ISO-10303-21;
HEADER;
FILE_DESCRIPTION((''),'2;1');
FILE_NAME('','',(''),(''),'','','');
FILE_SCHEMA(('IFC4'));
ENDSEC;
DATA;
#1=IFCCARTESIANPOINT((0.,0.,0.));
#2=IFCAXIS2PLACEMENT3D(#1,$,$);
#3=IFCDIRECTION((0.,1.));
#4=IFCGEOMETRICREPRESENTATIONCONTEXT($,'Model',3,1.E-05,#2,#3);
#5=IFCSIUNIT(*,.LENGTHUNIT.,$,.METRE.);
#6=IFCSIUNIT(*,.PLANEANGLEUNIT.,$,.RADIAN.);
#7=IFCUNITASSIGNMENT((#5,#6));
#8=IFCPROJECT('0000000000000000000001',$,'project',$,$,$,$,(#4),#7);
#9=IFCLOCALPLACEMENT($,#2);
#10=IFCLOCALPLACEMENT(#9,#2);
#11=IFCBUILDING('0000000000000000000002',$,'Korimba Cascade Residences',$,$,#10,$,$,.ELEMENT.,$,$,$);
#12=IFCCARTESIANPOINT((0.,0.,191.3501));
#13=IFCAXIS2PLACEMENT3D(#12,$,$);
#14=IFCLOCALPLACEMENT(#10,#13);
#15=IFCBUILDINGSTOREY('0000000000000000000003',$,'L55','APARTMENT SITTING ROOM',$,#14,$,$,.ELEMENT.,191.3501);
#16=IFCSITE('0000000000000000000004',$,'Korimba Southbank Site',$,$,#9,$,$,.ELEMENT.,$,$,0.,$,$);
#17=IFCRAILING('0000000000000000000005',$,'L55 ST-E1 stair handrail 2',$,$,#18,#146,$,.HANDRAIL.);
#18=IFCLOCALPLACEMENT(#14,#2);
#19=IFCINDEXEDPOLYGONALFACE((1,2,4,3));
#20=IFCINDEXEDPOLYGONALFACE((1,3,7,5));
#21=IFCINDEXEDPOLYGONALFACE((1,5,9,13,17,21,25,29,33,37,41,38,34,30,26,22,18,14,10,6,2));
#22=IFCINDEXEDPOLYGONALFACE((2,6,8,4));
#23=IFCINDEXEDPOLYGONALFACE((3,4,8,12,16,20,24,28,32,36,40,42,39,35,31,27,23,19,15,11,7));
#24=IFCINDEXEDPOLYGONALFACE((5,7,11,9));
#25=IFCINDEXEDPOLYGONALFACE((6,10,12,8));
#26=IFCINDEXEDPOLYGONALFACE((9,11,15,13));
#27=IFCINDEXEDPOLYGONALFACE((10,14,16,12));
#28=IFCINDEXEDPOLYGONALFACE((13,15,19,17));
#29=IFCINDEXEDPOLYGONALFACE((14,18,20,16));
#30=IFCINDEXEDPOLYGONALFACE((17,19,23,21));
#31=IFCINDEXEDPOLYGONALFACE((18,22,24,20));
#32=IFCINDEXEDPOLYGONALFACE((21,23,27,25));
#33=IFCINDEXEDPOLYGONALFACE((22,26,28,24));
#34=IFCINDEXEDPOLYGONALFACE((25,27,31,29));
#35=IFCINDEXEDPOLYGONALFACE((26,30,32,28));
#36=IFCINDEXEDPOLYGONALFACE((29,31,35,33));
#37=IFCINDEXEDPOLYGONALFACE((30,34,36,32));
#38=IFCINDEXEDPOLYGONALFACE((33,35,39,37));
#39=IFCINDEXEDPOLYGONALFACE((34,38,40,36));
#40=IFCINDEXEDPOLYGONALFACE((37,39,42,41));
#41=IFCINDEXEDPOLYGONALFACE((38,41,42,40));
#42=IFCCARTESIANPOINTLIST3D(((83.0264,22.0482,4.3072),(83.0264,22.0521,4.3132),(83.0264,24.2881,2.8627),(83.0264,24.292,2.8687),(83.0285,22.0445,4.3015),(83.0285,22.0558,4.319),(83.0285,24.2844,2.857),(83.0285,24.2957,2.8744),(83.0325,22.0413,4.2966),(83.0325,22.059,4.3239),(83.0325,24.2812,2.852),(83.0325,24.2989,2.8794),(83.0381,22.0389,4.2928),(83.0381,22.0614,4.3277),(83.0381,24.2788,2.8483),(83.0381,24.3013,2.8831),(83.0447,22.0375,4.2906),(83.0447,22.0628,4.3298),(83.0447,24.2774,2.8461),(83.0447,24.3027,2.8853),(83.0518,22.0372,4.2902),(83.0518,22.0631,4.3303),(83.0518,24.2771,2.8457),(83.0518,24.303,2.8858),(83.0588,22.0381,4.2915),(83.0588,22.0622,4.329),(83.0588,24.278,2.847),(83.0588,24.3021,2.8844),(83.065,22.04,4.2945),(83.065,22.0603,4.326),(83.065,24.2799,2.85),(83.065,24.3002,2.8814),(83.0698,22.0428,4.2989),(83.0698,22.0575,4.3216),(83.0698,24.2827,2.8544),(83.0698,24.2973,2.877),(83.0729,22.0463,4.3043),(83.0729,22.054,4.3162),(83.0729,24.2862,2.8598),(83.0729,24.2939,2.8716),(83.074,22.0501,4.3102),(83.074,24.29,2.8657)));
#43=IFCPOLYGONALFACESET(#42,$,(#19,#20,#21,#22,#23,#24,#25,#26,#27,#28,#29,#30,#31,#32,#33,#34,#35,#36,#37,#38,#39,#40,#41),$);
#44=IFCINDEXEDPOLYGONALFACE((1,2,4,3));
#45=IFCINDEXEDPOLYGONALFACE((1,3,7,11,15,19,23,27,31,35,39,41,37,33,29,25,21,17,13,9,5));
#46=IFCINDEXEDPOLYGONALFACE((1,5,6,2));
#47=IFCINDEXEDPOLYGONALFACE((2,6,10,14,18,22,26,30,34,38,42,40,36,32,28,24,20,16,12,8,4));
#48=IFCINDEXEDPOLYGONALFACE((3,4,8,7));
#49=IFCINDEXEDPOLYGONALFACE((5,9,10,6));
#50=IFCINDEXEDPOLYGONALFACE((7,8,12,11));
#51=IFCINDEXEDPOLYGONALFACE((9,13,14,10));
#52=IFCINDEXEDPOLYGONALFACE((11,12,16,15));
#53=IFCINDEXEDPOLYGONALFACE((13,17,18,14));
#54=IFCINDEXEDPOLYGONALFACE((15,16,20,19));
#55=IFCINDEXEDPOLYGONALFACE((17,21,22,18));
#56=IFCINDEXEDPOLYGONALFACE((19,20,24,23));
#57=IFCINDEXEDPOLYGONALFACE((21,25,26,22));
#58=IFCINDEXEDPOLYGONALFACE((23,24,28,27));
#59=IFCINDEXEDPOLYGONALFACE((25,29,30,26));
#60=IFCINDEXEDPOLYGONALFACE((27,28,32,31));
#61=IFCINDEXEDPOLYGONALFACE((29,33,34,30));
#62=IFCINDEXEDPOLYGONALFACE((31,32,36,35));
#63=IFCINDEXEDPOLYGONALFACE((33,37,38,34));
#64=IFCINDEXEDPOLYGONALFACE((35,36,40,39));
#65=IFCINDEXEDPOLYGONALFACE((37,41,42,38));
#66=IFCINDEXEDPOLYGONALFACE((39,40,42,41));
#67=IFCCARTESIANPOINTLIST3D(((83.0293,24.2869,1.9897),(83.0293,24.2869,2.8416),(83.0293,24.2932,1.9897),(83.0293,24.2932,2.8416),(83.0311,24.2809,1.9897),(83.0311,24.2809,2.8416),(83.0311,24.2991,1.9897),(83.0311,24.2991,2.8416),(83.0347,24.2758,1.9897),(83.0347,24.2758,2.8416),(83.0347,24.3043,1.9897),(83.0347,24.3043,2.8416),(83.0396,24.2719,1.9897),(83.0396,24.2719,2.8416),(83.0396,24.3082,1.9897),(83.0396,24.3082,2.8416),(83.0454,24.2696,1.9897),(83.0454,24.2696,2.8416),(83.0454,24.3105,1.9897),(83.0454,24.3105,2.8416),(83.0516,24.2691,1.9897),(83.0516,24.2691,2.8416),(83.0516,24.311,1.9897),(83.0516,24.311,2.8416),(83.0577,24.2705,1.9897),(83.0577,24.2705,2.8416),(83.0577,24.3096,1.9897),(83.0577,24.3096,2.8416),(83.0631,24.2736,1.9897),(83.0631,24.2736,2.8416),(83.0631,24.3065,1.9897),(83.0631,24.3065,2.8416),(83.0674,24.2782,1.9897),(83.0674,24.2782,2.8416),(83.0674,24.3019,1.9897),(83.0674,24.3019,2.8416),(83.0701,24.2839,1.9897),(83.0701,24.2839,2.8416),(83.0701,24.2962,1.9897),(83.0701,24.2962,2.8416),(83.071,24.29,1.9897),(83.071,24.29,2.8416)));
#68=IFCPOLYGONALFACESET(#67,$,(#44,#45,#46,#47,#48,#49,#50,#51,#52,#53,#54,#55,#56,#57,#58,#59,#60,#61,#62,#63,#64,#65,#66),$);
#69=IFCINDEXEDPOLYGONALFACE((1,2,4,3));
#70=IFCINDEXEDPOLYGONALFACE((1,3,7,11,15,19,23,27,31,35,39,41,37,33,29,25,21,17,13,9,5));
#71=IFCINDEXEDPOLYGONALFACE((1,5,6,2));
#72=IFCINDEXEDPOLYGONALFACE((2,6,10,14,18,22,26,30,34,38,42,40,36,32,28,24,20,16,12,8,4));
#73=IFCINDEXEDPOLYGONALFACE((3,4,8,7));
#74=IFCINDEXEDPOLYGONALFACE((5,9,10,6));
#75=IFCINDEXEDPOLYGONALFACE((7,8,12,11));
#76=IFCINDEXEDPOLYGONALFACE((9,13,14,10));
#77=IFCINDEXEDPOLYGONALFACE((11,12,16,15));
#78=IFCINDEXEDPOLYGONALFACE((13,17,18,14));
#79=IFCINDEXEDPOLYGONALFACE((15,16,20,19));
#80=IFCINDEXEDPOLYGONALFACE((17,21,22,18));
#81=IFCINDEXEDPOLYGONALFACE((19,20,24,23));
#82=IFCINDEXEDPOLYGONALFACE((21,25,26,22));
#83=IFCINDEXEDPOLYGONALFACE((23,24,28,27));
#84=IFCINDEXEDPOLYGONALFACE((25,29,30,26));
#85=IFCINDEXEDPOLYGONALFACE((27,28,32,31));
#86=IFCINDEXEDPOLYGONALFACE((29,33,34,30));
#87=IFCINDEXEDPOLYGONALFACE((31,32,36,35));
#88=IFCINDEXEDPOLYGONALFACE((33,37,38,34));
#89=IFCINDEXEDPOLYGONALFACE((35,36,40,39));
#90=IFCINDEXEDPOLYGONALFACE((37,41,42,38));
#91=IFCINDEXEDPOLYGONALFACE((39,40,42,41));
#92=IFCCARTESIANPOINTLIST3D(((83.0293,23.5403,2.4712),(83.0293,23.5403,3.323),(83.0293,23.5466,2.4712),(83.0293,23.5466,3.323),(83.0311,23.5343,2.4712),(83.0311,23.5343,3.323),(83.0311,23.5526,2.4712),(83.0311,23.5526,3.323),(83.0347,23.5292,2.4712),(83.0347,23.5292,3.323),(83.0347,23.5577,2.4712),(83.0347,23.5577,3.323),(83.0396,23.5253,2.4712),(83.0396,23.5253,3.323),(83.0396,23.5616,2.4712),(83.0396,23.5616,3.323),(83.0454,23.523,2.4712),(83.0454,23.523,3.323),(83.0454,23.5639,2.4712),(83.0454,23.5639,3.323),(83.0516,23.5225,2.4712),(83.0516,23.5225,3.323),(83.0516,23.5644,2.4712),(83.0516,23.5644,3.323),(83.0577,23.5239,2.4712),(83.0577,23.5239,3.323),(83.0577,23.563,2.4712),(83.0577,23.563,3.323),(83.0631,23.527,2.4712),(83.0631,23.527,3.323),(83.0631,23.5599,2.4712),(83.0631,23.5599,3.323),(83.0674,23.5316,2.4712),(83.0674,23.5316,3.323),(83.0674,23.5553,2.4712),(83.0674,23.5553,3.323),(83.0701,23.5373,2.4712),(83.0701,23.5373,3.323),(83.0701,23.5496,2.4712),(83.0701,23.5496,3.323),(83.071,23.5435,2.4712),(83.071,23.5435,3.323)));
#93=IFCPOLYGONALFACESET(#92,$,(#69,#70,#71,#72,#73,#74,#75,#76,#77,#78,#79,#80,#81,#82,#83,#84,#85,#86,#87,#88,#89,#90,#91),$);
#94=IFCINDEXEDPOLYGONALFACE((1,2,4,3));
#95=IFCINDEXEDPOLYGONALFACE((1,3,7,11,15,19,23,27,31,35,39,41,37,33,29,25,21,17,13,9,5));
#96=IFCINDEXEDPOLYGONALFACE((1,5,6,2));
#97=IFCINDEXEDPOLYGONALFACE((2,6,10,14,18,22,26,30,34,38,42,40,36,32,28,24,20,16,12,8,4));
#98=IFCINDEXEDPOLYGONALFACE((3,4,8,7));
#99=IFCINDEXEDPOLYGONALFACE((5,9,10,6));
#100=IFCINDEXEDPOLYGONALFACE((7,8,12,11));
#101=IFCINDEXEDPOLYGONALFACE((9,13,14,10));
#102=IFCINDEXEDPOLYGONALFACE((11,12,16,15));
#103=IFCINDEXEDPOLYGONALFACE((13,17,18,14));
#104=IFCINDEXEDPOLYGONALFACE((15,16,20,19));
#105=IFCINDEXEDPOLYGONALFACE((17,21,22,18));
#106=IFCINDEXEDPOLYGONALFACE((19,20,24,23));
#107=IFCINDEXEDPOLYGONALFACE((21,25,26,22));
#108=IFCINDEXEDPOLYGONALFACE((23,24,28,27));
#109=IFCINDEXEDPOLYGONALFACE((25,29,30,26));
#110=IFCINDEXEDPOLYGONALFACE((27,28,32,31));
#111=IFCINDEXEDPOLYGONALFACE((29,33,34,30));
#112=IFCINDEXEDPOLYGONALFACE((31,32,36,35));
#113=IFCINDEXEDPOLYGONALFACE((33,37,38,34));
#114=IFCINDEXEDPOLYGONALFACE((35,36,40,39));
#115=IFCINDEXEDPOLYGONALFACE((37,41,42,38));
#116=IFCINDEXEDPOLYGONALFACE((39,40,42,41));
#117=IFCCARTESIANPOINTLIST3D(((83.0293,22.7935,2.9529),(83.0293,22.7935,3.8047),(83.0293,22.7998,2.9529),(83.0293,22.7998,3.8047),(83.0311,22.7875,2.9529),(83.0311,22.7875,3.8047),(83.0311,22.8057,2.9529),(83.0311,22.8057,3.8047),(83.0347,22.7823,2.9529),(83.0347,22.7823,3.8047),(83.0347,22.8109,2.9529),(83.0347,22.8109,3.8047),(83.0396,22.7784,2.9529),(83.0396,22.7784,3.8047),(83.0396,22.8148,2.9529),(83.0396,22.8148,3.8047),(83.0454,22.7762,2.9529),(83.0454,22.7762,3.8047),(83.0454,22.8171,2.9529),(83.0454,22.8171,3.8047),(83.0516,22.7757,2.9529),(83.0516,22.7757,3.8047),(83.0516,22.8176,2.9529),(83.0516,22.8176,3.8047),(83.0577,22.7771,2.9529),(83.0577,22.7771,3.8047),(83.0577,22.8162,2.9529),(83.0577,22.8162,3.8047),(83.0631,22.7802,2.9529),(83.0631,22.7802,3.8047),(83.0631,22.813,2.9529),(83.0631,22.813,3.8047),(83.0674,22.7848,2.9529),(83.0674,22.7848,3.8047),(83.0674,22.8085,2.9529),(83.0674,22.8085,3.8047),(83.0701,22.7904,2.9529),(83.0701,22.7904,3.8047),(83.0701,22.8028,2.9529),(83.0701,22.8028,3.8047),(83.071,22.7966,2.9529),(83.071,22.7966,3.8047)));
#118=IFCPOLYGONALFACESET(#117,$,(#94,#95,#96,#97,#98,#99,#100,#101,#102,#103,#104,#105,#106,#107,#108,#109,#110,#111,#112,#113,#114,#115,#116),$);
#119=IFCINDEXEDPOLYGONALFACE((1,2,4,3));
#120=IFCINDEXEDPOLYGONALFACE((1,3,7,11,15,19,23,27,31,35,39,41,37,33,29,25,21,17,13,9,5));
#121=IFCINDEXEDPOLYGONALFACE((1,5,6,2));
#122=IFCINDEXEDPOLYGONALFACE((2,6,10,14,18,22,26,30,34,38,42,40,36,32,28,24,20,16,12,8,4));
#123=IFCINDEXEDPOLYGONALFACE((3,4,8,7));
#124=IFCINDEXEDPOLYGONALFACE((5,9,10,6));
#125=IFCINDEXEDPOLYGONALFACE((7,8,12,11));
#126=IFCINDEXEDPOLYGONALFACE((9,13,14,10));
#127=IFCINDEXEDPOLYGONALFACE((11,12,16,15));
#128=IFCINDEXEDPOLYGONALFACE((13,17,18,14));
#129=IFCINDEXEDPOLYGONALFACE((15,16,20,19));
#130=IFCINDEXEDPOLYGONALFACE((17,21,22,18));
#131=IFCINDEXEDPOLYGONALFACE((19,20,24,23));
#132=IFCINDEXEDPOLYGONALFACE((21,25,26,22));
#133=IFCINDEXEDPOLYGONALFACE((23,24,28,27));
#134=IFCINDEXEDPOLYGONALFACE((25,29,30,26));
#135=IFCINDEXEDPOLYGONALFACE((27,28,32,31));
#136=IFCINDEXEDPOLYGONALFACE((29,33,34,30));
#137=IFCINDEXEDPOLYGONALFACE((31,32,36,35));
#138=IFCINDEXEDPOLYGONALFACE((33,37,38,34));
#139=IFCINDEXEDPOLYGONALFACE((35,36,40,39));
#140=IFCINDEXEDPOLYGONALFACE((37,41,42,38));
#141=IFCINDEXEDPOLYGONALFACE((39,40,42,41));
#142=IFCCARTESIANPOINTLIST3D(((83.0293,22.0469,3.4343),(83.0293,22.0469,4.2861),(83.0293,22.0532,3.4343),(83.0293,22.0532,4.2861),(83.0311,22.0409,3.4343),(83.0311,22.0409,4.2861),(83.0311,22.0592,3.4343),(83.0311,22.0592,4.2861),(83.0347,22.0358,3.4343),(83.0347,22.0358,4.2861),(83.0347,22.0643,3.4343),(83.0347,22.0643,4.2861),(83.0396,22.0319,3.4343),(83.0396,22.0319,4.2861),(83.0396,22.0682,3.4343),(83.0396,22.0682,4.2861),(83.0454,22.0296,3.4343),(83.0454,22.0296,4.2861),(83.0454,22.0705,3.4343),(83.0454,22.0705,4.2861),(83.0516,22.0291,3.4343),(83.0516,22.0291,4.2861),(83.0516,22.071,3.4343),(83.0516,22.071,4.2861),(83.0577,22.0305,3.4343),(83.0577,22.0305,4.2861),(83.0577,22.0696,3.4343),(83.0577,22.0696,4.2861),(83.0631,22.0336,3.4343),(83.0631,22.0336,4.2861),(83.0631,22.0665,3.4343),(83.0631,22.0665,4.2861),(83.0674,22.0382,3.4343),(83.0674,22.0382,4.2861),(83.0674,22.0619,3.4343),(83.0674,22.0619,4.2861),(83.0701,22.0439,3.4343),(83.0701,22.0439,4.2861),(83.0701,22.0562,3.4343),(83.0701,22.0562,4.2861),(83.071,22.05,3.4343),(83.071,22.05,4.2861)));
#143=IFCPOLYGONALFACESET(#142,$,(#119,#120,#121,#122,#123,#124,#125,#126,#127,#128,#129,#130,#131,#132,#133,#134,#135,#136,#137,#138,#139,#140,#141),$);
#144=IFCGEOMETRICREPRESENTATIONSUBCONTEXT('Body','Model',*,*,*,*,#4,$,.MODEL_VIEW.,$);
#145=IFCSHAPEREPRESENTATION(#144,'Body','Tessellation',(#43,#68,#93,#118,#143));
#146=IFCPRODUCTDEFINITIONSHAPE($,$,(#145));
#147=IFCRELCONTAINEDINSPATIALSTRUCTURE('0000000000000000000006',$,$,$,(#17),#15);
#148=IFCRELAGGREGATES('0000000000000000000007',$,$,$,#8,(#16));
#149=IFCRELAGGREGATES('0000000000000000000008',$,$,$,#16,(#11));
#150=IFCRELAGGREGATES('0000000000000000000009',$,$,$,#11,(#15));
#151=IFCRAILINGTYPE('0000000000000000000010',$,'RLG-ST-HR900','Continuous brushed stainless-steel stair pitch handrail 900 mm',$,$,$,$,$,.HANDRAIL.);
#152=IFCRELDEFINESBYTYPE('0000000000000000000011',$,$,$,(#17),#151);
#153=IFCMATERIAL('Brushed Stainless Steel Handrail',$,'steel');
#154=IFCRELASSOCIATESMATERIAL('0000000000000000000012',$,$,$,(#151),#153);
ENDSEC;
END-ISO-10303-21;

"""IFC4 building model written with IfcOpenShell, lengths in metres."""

from ifc_helpers import new_model, si_unit, direction, frame, origin, origin_2d, place, context, subcontext, project, spatial, circle, extrude, material, type_object, element, save


model = new_model("IFC4")

# Units and contexts
model_context = context("Model", 3, precision=1e-05, world=origin(), true_north=direction((0.0, 1.0)))
body_context = subcontext(model_context, "Body", "Model", "MODEL_VIEW")
ifc_project = project(units=[si_unit("LENGTHUNIT", "METRE"), si_unit("PLANEANGLEUNIT", "RADIAN")], contexts=[model_context])

# Site, building, storey
site_placement = place(None, origin())
site = spatial("IfcSite", under=ifc_project, at=site_placement, Name="Korimba Southbank Site", CompositionType="ELEMENT", RefElevation=0.0)
building_placement = place(site_placement, origin())
building = spatial("IfcBuilding", under=site, at=building_placement, Name="Korimba Cascade Residences", CompositionType="ELEMENT")
storey_placement = place(building_placement, frame((0.0, 0.0, 191.3501)))
storey = spatial("IfcBuildingStorey", under=building, at=storey_placement, Name="L55", Description="APARTMENT SITTING ROOM", CompositionType="ELEMENT", Elevation=191.3501)

# Railing
ifc_material_1 = material(Name="Brushed Stainless Steel Handrail", Category="steel")
railing_type_1 = type_object("IfcRailingType", Name="RLG-ST-HR900", Description="Continuous brushed stainless-steel stair pitch handrail 900 mm", PredefinedType="HANDRAIL", material=ifc_material_1)
railing_1_placement = place(storey_placement, frame((83.05, 24.29, 1.9897)))
element("IfcRailing", 1, at=railing_1_placement, inside=storey, type_object=railing_type_1, Name="L55 ST-E1 stair handrail 2", PredefinedType="HANDRAIL", context=body_context, shape_type="SweptSolid", body=[
    extrude(circle(Radius=0.0239, at=origin_2d()), frame((0.0, 0.0, 0.876), z_axis=(0.0, -0.840395, 0.541975), x_axis=(1.0, 0.0, 0.0)), (0.0, 0.0, 1.0), 2.6653),
    extrude(circle(Radius=0.021, at=origin_2d()), origin(), (0.0, 0.0, 1.0), 0.8518),
    extrude(circle(Radius=0.021, at=origin_2d()), frame((0.0, -0.7466, 0.4814)), (0.0, 0.0, 1.0), 0.8518),
    extrude(circle(Radius=0.021, at=origin_2d()), frame((0.0, -1.4934, 0.9631)), (0.0, 0.0, 1.0), 0.8518),
    extrude(circle(Radius=0.021, at=origin_2d()), frame((0.0, -2.24, 1.4446)), (0.0, 0.0, 1.0), 0.8518),
])

save(model, "model.ifc")
